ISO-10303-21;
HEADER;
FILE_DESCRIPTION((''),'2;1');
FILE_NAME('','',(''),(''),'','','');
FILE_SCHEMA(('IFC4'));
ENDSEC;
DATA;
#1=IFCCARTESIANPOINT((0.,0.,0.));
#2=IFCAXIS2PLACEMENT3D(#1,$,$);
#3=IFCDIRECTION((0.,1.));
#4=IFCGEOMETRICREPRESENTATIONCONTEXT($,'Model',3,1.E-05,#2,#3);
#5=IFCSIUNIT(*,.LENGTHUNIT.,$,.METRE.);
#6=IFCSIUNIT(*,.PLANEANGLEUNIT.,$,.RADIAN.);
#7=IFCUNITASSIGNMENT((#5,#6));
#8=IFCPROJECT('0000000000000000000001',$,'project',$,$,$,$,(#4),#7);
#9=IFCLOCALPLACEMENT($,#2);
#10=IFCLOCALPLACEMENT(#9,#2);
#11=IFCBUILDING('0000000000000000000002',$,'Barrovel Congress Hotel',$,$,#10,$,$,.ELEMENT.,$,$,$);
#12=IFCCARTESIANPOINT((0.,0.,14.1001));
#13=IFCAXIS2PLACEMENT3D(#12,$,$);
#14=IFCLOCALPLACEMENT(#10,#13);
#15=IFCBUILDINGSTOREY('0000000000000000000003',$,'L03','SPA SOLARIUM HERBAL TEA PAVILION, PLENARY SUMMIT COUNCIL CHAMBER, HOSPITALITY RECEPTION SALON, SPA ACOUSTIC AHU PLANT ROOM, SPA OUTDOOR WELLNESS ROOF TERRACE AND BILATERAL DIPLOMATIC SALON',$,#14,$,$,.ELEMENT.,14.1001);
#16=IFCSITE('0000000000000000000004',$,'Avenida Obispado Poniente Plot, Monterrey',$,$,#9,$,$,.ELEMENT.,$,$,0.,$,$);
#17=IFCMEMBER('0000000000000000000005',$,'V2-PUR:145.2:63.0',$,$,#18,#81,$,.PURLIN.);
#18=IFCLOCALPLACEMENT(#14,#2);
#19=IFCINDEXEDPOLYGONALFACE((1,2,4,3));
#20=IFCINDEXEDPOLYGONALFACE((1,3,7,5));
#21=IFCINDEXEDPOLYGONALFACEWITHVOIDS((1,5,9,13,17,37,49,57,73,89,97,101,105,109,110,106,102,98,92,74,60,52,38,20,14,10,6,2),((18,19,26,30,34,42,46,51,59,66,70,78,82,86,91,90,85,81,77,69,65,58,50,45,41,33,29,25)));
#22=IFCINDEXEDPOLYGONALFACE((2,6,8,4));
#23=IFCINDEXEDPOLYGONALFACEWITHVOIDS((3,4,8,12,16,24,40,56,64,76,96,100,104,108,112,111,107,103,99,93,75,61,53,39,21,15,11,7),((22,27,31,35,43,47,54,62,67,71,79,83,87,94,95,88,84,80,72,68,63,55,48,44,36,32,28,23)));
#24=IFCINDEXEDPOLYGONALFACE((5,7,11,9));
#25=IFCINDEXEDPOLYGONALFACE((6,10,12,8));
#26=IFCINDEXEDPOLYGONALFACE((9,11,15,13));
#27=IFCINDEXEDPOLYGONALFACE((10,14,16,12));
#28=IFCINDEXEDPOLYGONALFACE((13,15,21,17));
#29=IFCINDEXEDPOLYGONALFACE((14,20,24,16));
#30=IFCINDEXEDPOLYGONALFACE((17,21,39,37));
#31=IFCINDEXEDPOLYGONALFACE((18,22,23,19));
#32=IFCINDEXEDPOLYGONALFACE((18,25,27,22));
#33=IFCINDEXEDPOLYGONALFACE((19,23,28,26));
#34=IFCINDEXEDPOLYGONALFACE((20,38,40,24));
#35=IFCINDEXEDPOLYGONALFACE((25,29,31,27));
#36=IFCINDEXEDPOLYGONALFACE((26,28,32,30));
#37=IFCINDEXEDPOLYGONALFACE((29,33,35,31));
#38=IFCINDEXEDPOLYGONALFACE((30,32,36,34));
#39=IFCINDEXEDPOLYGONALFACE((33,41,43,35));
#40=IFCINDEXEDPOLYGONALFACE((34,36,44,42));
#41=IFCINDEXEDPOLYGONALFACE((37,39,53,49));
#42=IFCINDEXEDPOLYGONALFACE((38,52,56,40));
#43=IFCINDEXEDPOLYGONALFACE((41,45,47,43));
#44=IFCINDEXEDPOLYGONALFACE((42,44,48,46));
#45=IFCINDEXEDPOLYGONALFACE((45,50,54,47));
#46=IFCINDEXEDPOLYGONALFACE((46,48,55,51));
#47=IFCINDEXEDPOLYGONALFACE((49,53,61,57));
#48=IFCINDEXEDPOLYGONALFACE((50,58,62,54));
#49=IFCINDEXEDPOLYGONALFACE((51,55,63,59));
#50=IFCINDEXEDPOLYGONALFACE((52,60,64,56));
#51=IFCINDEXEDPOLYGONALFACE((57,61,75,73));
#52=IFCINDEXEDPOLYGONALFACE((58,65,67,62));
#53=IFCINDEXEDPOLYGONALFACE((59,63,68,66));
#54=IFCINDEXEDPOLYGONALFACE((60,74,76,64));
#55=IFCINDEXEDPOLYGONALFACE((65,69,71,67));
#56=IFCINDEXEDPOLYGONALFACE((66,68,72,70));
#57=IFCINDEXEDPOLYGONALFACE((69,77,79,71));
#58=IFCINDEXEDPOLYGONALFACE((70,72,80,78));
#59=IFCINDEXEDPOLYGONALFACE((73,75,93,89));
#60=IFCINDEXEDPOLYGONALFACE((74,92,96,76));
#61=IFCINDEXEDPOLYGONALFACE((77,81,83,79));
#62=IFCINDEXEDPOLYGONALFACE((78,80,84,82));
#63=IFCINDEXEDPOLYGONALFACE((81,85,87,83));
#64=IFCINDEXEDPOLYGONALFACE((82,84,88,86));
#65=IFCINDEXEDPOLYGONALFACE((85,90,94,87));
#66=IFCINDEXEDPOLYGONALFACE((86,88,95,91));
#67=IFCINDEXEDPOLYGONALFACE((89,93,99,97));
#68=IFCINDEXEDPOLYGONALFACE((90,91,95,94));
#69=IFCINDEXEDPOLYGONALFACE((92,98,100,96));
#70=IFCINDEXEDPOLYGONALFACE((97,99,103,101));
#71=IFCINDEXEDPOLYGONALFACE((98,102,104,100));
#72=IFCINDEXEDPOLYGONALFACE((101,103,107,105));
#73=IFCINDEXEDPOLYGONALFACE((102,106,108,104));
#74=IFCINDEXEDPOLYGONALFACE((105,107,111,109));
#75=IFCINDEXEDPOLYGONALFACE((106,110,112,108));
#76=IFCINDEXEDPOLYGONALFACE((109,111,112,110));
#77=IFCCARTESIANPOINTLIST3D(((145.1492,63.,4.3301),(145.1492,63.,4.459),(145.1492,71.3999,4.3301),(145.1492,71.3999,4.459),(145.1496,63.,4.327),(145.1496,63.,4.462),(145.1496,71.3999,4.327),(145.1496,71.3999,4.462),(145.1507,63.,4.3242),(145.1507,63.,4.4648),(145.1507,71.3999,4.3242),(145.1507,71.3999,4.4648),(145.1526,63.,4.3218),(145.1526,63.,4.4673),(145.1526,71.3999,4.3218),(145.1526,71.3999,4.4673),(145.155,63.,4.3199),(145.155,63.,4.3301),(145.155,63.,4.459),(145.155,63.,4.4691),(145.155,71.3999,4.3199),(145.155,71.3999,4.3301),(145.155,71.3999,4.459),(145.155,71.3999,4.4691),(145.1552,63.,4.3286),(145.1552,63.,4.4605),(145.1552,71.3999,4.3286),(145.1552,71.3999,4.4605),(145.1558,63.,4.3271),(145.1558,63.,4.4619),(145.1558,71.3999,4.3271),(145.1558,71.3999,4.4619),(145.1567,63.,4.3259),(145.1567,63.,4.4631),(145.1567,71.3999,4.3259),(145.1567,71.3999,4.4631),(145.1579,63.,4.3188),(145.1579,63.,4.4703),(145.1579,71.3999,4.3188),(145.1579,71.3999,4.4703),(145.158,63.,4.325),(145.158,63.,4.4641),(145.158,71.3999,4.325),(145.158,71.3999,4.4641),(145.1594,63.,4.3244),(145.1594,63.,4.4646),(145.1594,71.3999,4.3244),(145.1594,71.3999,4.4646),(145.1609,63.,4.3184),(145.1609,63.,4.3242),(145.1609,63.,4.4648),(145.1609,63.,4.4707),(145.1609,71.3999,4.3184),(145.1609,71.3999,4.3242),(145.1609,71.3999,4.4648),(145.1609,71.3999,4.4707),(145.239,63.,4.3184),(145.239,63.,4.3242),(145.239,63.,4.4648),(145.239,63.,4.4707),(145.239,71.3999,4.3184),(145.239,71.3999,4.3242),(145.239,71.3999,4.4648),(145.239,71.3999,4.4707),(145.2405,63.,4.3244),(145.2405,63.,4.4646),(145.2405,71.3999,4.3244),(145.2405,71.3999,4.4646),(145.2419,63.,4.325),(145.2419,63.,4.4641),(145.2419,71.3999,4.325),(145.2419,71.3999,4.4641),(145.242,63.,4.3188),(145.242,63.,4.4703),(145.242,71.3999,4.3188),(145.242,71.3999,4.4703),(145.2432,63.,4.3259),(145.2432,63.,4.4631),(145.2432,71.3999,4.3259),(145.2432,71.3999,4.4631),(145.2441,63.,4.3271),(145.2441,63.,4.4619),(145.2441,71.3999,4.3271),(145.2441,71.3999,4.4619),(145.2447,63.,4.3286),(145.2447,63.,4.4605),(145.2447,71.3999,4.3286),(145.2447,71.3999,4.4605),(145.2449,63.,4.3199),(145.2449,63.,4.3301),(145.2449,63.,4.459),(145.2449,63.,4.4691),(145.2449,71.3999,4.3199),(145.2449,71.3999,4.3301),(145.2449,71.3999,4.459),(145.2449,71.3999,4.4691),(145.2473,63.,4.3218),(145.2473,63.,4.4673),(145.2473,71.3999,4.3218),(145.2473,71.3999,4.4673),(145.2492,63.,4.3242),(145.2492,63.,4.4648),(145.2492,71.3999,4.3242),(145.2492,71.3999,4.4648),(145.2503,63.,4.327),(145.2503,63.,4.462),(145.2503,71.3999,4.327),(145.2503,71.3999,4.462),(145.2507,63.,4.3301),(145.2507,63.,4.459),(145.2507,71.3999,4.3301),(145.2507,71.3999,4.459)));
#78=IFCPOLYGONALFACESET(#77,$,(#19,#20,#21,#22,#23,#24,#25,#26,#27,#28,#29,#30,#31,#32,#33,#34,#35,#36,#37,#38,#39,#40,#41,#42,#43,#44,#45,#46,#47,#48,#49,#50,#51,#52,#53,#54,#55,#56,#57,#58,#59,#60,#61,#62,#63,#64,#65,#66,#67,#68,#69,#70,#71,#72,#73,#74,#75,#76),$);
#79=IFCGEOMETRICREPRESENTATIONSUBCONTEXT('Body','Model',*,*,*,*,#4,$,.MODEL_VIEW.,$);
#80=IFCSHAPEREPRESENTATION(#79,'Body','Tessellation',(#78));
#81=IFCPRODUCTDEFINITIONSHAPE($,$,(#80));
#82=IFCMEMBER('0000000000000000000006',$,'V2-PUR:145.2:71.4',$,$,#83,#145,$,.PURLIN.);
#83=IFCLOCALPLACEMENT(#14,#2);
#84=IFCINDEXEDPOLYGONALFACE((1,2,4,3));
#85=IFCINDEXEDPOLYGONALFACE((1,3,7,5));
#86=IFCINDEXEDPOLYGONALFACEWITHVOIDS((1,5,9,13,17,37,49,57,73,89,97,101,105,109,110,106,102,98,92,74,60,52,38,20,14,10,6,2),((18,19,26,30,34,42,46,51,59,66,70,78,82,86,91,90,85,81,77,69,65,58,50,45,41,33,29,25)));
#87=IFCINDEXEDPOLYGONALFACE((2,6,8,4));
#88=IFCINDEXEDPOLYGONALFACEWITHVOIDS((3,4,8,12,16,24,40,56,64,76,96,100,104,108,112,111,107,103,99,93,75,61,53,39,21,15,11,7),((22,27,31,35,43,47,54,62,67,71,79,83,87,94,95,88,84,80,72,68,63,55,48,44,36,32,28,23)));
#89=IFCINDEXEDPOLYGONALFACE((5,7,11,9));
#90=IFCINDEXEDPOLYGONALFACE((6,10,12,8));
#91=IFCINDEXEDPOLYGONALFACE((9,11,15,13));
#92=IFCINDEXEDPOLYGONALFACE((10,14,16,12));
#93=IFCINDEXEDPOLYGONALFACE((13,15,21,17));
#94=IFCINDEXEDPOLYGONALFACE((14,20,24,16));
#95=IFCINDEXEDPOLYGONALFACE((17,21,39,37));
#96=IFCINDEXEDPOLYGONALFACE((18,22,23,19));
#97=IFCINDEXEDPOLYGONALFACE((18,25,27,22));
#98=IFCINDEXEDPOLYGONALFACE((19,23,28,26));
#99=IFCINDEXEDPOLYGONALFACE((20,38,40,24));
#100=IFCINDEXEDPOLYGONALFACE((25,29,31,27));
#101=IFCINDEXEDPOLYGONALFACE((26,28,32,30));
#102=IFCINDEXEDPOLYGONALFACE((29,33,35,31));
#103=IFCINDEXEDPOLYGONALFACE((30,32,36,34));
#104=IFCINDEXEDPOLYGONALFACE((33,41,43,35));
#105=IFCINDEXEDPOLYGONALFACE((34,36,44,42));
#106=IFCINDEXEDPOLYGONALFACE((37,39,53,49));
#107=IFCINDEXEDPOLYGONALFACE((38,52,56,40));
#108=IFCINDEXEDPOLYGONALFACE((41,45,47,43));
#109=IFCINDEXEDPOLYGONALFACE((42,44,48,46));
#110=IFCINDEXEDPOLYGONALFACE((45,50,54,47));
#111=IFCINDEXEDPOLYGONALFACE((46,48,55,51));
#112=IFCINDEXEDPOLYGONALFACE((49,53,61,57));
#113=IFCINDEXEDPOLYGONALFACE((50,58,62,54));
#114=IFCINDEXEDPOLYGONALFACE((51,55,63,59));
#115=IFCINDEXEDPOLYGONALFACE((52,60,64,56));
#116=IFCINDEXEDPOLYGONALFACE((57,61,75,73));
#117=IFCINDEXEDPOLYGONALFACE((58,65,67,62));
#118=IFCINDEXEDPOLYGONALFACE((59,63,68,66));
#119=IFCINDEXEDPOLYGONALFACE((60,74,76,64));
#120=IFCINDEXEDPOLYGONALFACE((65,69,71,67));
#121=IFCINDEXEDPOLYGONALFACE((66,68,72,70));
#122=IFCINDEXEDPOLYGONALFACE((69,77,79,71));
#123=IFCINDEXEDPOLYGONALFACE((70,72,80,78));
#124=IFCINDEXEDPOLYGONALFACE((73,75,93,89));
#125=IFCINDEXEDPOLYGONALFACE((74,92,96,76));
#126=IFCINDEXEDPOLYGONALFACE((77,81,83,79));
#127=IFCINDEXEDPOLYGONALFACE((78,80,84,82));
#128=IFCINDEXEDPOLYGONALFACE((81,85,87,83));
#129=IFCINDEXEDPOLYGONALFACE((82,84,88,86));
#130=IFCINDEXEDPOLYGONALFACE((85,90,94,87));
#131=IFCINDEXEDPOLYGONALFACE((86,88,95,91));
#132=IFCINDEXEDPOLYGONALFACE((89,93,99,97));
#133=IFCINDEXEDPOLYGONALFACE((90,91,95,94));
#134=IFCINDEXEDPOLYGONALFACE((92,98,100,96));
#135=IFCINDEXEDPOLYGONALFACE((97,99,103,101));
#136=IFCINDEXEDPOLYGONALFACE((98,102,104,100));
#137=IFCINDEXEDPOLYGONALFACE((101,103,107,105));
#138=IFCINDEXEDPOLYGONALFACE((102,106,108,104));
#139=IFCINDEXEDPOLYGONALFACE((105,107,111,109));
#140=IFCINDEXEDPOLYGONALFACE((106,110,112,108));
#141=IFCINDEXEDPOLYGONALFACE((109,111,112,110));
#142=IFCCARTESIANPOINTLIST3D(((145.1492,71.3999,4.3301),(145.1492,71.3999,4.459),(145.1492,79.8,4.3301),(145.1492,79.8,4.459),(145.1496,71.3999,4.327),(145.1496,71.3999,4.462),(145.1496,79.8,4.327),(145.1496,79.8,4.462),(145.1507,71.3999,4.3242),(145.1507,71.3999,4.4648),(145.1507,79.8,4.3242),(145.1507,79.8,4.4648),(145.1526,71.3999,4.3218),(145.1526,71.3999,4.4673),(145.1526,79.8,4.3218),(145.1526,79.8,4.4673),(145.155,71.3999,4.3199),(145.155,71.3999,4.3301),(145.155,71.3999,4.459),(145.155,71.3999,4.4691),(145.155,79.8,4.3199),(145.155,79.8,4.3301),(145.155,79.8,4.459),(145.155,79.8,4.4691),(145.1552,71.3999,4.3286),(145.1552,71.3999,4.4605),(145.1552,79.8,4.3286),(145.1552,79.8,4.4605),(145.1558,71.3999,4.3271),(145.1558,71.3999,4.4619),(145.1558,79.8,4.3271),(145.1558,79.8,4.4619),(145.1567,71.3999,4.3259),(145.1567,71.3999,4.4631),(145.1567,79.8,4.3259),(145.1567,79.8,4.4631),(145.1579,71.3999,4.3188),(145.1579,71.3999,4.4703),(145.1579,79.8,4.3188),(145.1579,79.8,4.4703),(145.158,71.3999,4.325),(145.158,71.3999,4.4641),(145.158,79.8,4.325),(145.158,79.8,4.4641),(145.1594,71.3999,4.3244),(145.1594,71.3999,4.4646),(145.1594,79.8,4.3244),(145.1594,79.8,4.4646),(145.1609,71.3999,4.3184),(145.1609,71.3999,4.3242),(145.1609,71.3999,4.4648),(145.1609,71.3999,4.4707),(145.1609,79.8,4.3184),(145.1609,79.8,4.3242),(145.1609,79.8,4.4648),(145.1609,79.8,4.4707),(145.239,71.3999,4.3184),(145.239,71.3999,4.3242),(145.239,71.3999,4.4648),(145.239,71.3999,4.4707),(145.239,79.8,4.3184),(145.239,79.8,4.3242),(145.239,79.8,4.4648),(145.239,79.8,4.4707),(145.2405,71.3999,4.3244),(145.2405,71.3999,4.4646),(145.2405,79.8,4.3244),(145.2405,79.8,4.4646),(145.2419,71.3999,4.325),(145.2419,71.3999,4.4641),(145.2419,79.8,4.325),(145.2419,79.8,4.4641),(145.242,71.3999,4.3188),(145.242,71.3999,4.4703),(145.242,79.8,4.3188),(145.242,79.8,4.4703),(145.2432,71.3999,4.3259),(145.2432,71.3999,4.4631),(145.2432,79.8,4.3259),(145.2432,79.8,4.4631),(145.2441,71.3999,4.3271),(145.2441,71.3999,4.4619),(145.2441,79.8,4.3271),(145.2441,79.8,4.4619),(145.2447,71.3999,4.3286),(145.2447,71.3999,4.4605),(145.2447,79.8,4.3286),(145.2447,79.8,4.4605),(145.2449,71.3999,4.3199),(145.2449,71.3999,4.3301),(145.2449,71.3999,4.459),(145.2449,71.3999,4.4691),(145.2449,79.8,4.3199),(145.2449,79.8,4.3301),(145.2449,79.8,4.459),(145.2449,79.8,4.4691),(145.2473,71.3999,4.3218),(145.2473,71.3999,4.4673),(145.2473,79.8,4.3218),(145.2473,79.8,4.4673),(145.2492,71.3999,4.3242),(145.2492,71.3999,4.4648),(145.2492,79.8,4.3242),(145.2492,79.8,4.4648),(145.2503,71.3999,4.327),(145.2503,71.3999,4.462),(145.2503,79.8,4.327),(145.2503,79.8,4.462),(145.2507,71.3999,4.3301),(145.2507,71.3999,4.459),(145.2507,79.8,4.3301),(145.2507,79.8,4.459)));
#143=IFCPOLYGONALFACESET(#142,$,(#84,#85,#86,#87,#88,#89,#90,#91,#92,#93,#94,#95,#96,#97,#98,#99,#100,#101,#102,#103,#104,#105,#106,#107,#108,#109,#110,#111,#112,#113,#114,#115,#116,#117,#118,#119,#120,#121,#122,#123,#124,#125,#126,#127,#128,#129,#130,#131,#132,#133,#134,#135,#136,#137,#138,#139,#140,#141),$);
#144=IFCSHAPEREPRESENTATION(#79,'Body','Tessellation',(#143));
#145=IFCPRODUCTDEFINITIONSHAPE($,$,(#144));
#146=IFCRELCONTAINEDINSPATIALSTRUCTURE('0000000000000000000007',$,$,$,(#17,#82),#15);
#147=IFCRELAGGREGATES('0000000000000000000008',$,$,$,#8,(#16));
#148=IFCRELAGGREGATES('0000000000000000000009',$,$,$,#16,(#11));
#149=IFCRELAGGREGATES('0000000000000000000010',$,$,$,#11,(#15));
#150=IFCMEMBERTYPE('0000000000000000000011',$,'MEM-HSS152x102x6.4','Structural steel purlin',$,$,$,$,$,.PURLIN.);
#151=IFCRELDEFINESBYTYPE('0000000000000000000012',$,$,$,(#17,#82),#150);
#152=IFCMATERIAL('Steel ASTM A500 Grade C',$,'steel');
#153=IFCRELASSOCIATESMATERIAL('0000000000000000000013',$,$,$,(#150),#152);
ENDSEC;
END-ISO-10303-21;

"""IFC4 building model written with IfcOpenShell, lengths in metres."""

from ifc_helpers import new_model, si_unit, direction, frame, origin, origin_2d, place, context, subcontext, project, spatial, hollow_rectangle, extrude, material, material_profile, profile_set, type_object, element, save


model = new_model("IFC4")

# Units and contexts
model_context = context("Model", 3, precision=1e-05, world=origin(), true_north=direction((0.0, 1.0)))
body_context = subcontext(model_context, "Body", "Model", "MODEL_VIEW")
ifc_project = project(units=[si_unit("LENGTHUNIT", "METRE"), si_unit("PLANEANGLEUNIT", "RADIAN")], contexts=[model_context])

# Site, building, storey
site_placement = place(None, origin())
site = spatial("IfcSite", under=ifc_project, at=site_placement, Name="Avenida Obispado Poniente Plot, Monterrey", CompositionType="ELEMENT", RefElevation=0.0)
building_placement = place(site_placement, origin())
building = spatial("IfcBuilding", under=site, at=building_placement, Name="Barrovel Congress Hotel", CompositionType="ELEMENT")
storey_placement = place(building_placement, frame((0.0, 0.0, 14.1001)))
storey = spatial("IfcBuildingStorey", under=building, at=storey_placement, Name="L03", Description="SPA SOLARIUM HERBAL TEA PAVILION, PLENARY SUMMIT COUNCIL CHAMBER, HOSPITALITY RECEPTION SALON, SPA ACOUSTIC AHU PLANT ROOM, SPA OUTDOOR WELLNESS ROOF TERRACE AND BILATERAL DIPLOMATIC SALON", CompositionType="ELEMENT", Elevation=14.1001)

# Members
ifc_material_1 = material(Name="Steel ASTM A500 Grade C", Category="steel")
ifc_material_profile_1 = material_profile(ifc_material_1, hollow_rectangle(XDim=0.1016, YDim=0.1523, WallThickness=0.0059, InnerFilletRadius=0.0059, OuterFilletRadius=0.0117, at=origin_2d()), Name="HSS152x102x6.4")
ifc_profile_set_1 = profile_set([ifc_material_profile_1], Name="Steel ASTM A500 Grade C")
member_type_1 = type_object("IfcMemberType", Name="MEM-HSS152x102x6.4", Description="Structural steel purlin", PredefinedType="PURLIN", material=ifc_profile_set_1)
member_1_placement = place(storey_placement, frame((145.2, 63.0, 4.3945), z_axis=(0.0, 1.0, 0.0), x_axis=(-1.0, 0.0, 0.0)))
element("IfcMember", 1, at=member_1_placement, inside=storey, type_object=member_type_1, Name="V2-PUR:145.2:63.0", PredefinedType="PURLIN", context=body_context, shape_type="SweptSolid", body=[
    extrude(hollow_rectangle(XDim=0.1016, YDim=0.1523, WallThickness=0.0059, InnerFilletRadius=0.0059, OuterFilletRadius=0.0117, at=origin_2d()), origin(), (0.0, 0.0, 1.0), 8.3999),
])
member_2_placement = place(storey_placement, frame((145.2, 71.3999, 4.3945), z_axis=(0.0, 1.0, 0.0), x_axis=(-1.0, 0.0, 0.0)))
element("IfcMember", 2, at=member_2_placement, inside=storey, type_object=member_type_1, Name="V2-PUR:145.2:71.4", PredefinedType="PURLIN", context=body_context, shape_type="SweptSolid", body=[
    extrude(hollow_rectangle(XDim=0.1016, YDim=0.1523, WallThickness=0.0059, InnerFilletRadius=0.0059, OuterFilletRadius=0.0117, at=origin_2d()), origin(), (0.0, 0.0, 1.0), 8.4001),
])

save(model, "model.ifc")
